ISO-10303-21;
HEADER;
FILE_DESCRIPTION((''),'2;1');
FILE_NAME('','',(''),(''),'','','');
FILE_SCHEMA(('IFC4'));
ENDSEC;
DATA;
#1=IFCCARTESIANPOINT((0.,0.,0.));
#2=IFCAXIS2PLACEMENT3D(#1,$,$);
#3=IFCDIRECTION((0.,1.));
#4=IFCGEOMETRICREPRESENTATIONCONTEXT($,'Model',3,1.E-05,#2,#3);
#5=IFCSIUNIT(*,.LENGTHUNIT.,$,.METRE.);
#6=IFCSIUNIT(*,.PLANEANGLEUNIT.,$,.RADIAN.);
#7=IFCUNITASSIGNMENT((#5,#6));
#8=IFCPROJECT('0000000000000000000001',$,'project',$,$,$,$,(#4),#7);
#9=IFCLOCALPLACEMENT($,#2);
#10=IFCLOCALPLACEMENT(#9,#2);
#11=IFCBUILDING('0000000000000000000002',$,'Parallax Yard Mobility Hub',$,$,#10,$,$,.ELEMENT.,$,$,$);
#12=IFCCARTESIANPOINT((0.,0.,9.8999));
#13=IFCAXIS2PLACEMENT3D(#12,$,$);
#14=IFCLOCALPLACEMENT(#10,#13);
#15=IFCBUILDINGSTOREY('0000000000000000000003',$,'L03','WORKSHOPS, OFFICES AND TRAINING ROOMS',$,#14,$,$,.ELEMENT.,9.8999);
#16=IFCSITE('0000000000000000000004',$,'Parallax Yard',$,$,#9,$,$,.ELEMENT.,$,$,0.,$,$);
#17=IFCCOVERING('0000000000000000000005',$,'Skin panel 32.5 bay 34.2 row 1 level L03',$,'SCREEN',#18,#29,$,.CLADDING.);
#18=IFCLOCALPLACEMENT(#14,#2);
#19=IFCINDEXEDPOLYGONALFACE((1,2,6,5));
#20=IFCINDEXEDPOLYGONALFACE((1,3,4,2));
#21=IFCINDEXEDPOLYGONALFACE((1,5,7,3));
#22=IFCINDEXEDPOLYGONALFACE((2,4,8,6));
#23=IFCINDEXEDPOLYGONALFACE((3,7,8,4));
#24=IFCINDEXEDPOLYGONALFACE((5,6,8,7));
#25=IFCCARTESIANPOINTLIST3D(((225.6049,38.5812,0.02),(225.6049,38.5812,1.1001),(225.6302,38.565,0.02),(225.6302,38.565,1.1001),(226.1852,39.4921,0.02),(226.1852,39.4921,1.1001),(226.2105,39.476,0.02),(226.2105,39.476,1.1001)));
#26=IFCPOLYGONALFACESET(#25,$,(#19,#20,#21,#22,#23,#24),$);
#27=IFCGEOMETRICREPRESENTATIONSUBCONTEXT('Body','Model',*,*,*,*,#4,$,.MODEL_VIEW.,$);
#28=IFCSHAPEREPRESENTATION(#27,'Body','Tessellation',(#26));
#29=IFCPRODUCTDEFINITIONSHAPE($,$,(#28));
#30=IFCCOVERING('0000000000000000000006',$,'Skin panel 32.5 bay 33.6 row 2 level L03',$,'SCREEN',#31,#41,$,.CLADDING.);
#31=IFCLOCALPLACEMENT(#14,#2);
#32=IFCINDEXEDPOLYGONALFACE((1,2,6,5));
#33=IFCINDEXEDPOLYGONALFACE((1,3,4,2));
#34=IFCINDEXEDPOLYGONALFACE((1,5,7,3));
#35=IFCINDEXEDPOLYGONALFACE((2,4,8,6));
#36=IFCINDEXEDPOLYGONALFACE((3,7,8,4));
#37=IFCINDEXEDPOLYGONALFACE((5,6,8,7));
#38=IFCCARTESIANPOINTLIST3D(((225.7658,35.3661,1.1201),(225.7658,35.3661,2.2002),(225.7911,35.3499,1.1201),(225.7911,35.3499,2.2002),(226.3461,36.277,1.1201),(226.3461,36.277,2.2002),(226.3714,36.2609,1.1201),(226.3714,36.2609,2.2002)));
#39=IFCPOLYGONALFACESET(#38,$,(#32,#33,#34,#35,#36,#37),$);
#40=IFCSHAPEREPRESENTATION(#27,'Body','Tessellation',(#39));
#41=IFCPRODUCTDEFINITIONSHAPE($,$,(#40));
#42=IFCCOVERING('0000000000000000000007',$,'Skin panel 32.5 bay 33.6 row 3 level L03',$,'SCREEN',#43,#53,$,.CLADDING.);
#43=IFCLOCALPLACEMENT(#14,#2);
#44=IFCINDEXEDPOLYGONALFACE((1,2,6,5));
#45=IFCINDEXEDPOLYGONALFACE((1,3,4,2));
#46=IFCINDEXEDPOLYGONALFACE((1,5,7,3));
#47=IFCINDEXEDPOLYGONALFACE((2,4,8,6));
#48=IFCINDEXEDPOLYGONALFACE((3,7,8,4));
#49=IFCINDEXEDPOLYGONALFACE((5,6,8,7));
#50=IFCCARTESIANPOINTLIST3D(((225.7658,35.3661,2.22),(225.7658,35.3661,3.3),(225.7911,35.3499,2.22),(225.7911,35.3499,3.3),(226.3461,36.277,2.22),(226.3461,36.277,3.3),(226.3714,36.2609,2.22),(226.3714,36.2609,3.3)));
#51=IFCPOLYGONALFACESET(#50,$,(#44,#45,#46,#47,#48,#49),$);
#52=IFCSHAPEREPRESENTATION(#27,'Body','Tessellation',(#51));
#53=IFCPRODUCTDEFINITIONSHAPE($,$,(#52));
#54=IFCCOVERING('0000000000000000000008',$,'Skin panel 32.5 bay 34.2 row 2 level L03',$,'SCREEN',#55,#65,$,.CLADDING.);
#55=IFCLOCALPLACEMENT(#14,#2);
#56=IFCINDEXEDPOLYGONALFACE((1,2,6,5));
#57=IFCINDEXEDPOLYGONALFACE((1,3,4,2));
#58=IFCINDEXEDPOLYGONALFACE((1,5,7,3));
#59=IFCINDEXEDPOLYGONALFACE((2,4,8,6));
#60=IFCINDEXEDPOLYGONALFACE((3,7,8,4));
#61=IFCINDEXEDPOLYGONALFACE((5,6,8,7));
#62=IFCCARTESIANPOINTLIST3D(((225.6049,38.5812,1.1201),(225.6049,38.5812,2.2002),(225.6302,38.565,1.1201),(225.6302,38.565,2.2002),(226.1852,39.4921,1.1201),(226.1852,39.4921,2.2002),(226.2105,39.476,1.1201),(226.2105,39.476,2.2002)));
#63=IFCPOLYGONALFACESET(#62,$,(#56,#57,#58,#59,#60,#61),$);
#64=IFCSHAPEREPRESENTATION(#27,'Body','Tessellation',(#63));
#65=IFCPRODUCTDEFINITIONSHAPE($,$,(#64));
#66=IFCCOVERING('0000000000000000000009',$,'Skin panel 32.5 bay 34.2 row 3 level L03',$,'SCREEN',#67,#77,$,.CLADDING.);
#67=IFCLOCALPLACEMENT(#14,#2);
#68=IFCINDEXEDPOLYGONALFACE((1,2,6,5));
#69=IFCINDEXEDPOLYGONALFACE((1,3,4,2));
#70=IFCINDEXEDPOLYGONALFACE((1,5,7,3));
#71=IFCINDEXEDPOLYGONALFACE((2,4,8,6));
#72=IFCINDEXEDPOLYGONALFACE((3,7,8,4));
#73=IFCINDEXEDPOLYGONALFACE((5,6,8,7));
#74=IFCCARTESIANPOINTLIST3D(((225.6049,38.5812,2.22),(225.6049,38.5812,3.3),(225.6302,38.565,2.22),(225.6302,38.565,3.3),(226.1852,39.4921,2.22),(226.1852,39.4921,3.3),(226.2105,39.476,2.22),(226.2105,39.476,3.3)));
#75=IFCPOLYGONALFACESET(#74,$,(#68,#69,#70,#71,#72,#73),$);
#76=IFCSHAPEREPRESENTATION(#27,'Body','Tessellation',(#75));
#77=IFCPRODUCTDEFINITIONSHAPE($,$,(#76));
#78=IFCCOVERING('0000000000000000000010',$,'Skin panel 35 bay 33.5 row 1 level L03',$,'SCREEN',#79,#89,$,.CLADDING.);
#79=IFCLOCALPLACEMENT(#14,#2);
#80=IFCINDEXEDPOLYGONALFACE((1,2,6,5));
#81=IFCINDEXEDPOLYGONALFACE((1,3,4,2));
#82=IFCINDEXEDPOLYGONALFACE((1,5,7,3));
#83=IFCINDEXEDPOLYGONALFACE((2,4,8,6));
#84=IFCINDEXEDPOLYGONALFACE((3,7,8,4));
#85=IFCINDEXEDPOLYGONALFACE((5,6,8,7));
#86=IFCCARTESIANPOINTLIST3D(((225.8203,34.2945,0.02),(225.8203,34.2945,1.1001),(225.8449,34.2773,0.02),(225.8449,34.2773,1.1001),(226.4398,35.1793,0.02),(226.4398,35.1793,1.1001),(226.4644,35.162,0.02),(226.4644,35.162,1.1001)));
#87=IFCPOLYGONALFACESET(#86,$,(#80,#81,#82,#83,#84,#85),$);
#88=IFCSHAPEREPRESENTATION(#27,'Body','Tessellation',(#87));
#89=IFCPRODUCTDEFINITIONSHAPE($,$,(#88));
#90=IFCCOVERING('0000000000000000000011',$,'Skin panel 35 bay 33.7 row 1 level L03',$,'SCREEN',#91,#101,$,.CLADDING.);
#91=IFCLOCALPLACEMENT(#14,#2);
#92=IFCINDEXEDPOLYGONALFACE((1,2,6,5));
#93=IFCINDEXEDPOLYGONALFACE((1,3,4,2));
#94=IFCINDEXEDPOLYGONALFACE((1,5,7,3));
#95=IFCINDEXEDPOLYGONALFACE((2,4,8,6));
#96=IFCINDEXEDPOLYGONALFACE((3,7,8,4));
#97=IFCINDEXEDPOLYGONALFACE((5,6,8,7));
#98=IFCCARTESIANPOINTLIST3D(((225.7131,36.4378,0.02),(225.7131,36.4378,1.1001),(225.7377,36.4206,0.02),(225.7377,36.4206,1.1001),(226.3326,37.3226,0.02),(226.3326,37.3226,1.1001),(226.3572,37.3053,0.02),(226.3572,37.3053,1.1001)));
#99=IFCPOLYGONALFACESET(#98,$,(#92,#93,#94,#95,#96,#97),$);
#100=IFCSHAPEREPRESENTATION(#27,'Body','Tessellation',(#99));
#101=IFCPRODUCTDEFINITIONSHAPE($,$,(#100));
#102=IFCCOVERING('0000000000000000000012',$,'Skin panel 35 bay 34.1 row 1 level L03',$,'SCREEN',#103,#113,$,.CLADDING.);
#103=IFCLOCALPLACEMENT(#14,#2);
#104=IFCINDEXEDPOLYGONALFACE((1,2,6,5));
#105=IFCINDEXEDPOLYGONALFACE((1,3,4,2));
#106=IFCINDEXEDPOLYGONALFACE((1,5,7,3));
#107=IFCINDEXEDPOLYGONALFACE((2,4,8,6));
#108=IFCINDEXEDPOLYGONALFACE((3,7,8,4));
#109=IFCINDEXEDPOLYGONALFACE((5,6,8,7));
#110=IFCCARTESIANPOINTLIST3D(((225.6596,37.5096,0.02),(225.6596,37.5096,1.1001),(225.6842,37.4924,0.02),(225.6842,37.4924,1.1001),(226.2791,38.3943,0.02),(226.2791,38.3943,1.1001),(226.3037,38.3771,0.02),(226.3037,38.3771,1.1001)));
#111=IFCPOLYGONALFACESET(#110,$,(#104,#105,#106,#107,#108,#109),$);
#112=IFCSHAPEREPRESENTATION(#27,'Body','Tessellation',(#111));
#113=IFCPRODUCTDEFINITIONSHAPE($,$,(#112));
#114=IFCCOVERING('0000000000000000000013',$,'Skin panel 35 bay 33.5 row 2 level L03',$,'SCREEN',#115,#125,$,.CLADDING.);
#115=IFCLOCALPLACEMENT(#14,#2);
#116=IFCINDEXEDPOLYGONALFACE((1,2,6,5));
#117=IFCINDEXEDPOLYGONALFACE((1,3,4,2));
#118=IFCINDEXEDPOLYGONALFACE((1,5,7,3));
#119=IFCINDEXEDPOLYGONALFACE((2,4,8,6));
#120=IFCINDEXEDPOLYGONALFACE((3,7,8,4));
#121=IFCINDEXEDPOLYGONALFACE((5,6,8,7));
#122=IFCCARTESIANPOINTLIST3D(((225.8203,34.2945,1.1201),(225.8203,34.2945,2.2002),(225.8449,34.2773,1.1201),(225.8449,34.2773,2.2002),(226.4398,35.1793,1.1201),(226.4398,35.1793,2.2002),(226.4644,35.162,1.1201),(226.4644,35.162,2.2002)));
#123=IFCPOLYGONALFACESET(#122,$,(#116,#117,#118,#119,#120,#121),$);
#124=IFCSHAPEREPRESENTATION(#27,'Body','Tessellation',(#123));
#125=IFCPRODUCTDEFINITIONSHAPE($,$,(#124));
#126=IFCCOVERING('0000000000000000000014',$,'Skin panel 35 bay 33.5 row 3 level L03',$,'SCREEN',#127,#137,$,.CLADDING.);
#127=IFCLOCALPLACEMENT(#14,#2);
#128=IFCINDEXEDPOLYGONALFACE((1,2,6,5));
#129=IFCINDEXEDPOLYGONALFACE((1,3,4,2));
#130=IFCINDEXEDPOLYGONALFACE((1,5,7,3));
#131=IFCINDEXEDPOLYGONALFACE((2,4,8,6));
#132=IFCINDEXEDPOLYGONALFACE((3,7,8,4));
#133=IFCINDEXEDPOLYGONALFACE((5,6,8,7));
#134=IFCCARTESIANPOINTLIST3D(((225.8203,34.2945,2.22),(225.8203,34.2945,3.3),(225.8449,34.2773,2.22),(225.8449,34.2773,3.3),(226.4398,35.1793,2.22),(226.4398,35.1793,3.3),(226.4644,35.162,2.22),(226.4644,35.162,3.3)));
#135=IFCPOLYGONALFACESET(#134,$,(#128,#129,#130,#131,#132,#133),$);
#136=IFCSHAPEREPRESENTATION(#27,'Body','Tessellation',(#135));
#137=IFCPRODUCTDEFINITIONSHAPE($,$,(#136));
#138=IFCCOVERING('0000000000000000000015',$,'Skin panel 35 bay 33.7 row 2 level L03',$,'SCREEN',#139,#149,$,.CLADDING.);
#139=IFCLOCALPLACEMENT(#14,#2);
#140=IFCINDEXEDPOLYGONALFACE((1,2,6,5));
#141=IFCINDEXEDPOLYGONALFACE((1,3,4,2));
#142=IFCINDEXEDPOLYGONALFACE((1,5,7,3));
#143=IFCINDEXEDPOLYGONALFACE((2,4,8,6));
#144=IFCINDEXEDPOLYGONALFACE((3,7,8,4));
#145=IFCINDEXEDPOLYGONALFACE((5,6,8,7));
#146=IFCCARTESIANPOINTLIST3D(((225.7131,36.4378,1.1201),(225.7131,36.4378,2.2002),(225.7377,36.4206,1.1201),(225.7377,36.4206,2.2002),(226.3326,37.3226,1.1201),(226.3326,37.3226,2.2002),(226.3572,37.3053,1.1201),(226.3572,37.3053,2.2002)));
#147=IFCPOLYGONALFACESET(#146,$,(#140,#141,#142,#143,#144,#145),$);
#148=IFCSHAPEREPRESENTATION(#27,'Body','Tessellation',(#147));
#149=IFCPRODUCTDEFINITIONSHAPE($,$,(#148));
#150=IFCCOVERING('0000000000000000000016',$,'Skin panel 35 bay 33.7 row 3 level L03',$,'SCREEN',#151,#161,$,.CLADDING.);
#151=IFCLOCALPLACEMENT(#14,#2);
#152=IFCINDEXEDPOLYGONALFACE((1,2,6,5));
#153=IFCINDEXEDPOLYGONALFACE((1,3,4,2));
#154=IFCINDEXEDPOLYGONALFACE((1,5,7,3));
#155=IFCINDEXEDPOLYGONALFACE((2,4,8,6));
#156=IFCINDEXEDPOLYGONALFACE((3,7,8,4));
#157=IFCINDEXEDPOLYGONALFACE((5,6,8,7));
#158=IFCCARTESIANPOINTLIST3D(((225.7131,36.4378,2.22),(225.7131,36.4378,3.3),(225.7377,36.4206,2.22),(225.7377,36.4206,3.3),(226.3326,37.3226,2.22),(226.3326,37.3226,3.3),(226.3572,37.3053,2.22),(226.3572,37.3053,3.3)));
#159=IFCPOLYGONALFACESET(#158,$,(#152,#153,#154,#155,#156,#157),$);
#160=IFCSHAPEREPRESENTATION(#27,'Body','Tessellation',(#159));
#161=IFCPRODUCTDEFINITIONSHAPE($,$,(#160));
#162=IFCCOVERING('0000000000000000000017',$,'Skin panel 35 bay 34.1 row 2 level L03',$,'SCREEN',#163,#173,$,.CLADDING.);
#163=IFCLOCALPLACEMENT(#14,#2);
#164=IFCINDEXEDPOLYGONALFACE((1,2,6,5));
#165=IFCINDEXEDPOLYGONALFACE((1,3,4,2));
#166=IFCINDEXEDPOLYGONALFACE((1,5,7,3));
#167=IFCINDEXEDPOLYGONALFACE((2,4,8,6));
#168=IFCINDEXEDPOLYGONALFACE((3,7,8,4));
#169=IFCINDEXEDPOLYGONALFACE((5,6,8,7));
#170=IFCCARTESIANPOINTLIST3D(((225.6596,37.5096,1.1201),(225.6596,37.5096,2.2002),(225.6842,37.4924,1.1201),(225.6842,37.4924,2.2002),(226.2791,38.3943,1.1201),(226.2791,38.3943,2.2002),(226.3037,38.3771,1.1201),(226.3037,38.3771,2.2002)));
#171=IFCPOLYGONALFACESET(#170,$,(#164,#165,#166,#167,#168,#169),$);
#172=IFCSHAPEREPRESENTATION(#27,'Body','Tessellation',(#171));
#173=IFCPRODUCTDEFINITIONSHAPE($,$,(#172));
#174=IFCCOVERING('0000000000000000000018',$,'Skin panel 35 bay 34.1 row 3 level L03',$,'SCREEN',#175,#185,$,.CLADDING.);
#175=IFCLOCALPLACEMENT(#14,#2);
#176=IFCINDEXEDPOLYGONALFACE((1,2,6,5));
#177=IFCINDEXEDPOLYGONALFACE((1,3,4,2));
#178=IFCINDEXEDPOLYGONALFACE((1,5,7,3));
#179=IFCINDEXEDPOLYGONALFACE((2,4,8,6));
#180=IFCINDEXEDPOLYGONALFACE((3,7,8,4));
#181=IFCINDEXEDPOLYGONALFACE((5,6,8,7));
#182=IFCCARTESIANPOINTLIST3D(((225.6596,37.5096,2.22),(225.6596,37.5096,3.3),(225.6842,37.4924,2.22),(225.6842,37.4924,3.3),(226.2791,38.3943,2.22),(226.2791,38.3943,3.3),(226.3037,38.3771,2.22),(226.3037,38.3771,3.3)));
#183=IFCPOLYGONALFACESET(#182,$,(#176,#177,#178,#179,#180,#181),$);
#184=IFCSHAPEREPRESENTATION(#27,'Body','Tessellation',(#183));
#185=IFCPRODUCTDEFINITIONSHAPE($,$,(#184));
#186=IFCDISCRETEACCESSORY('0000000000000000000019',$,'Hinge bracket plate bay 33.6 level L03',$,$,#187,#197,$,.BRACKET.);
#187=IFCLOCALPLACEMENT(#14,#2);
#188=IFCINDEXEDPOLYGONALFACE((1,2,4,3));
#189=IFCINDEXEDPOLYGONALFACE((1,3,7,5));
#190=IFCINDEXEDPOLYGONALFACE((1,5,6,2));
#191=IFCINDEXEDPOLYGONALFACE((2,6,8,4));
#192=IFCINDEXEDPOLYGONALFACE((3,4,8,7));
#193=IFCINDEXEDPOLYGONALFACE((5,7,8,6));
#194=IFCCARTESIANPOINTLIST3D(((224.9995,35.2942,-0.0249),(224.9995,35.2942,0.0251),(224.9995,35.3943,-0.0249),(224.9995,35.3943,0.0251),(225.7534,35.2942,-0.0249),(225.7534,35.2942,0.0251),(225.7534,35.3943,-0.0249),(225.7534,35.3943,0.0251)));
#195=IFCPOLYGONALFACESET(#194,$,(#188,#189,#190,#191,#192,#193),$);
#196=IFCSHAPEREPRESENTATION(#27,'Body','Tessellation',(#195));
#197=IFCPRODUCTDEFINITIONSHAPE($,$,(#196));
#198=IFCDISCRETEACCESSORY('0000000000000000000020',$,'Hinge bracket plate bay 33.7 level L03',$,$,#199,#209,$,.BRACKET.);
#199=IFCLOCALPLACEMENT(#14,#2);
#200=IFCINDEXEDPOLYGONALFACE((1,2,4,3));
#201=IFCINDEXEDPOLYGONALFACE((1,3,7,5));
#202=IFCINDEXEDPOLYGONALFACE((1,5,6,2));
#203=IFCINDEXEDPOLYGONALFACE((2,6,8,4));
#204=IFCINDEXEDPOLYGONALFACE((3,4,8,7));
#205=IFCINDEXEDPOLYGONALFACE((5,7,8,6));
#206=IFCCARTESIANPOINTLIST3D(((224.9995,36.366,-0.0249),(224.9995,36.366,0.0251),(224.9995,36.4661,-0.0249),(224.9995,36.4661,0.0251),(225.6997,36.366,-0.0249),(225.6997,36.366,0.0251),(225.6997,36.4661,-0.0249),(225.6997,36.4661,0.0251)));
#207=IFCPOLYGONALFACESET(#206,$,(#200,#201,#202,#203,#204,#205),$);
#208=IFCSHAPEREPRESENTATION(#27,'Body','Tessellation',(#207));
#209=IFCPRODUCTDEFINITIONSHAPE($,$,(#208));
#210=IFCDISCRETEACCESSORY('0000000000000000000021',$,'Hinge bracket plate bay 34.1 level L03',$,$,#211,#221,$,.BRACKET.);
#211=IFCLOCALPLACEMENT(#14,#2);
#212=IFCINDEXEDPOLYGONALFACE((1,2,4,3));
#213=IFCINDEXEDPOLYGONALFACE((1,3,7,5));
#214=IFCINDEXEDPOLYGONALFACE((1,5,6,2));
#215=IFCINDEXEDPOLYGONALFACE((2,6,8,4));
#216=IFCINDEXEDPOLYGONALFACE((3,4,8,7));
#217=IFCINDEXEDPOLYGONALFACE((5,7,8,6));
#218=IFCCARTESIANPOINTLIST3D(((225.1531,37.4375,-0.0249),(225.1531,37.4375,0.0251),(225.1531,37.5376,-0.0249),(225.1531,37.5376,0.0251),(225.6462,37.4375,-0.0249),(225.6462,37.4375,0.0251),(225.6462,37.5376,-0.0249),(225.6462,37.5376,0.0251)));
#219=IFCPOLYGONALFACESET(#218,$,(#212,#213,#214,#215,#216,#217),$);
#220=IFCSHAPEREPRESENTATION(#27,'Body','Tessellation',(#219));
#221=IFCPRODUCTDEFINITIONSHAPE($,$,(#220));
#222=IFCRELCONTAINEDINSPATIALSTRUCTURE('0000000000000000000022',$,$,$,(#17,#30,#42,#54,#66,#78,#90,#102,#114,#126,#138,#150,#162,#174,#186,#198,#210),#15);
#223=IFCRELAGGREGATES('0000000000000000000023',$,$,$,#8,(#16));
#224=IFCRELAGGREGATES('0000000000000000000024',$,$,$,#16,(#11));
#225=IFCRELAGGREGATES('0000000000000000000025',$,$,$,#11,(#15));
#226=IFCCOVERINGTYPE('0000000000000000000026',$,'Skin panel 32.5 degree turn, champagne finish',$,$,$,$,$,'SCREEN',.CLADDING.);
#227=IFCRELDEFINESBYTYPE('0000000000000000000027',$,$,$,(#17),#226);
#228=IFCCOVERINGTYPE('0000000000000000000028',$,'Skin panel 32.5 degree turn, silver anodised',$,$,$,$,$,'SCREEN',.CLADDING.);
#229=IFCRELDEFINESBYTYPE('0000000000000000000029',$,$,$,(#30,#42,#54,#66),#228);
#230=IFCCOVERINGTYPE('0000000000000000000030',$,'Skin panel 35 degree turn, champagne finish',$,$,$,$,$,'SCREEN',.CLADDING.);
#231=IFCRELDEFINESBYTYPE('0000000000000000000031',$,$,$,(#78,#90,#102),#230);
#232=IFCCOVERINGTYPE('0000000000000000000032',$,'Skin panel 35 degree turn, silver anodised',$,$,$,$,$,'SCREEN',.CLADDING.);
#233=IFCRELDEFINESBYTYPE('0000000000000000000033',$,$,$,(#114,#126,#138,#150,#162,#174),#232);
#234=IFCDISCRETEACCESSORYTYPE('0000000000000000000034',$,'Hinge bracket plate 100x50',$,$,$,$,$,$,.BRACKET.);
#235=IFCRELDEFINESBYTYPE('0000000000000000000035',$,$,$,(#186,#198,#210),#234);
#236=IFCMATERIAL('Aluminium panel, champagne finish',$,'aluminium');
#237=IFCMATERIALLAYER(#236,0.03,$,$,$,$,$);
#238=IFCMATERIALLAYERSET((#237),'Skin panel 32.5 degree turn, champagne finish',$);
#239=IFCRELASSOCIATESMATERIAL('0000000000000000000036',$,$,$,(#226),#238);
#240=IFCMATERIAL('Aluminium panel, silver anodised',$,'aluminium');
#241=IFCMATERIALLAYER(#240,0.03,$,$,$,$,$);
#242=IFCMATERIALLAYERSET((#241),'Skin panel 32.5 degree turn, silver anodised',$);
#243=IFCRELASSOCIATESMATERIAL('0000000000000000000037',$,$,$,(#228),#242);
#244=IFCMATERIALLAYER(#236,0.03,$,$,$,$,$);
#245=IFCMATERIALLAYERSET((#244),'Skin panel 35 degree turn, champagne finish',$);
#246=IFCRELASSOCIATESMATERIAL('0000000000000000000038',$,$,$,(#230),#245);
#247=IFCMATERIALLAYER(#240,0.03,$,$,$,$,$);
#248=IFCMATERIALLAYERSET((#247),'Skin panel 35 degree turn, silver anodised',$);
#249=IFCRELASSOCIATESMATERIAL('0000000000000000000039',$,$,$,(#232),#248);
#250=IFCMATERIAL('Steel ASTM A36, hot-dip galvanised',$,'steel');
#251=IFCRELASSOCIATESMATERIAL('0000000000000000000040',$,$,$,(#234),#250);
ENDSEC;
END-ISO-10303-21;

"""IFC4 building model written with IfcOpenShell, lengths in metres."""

from ifc_helpers import new_model, si_unit, direction, frame, origin, origin_2d, place, context, subcontext, project, spatial, rectangle, extrude, material, layer, layer_set, type_object, element, save


model = new_model("IFC4")

# Units and contexts
model_context = context("Model", 3, precision=1e-05, world=origin(), true_north=direction((0.0, 1.0)))
body_context = subcontext(model_context, "Body", "Model", "MODEL_VIEW")
ifc_project = project(units=[si_unit("LENGTHUNIT", "METRE"), si_unit("PLANEANGLEUNIT", "RADIAN")], contexts=[model_context])

# Site, building, storey
site_placement = place(None, origin())
site = spatial("IfcSite", under=ifc_project, at=site_placement, Name="Parallax Yard", CompositionType="ELEMENT", RefElevation=0.0)
building_placement = place(site_placement, origin())
building = spatial("IfcBuilding", under=site, at=building_placement, Name="Parallax Yard Mobility Hub", CompositionType="ELEMENT")
storey_placement = place(building_placement, frame((0.0, 0.0, 9.8999)))
storey = spatial("IfcBuildingStorey", under=building, at=storey_placement, Name="L03", Description="WORKSHOPS, OFFICES AND TRAINING ROOMS", CompositionType="ELEMENT", Elevation=9.8999)

# Coverings
ifc_material_1 = material(Name="Aluminium panel, champagne finish", Category="aluminium")
ifc_layer_1 = layer(ifc_material_1, 0.03)
ifc_layer_set_1 = layer_set([ifc_layer_1], Name="Skin panel 32.5 degree turn, champagne finish")
covering_type_1 = type_object("IfcCoveringType", Name="Skin panel 32.5 degree turn, champagne finish", ElementType="SCREEN", PredefinedType="CLADDING", material=ifc_layer_set_1)
for number, where, z_axis, x_axis, name in (
    (1, (225.9077, 39.0286, 0.02), (0.0, 0.0, 1.0), (0.5373, 0.843391, 0.0), "Skin panel 32.5 bay 34.2 row 1 level L03"),
):
    element("IfcCovering", number, at=place(storey_placement, frame(where, z_axis=z_axis, x_axis=x_axis)), inside=storey, type_object=covering_type_1, Name=name, ObjectType="SCREEN", PredefinedType="CLADDING", context=body_context, shape_type="SweptSolid", body=[
        extrude(rectangle(XDim=1.0801, YDim=0.03, at=origin_2d()), origin(), (0.0, 0.0, 1.0), 1.0801),
    ])
ifc_material_2 = material(Name="Aluminium panel, silver anodised", Category="aluminium")
ifc_layer_2 = layer(ifc_material_2, 0.03)
ifc_layer_set_2 = layer_set([ifc_layer_2], Name="Skin panel 32.5 degree turn, silver anodised")
covering_type_2 = type_object("IfcCoveringType", Name="Skin panel 32.5 degree turn, silver anodised", ElementType="SCREEN", PredefinedType="CLADDING", material=ifc_layer_set_2)
for number, where, z_axis, x_axis, name in (
    (2, (226.0686, 35.8135, 1.1201), (0.0, 0.0, 1.0), (0.5373, 0.843391, 0.0), "Skin panel 32.5 bay 33.6 row 2 level L03"),
    (3, (226.0686, 35.8135, 2.22), (0.0, 0.0, 1.0), (0.5373, 0.843391, 0.0), "Skin panel 32.5 bay 33.6 row 3 level L03"),
    (4, (225.9077, 39.0286, 1.1201), (0.0, 0.0, 1.0), (0.5373, 0.843391, 0.0), "Skin panel 32.5 bay 34.2 row 2 level L03"),
    (5, (225.9077, 39.0286, 2.22), (0.0, 0.0, 1.0), (0.5373, 0.843391, 0.0), "Skin panel 32.5 bay 34.2 row 3 level L03"),
):
    element("IfcCovering", number, at=place(storey_placement, frame(where, z_axis=z_axis, x_axis=x_axis)), inside=storey, type_object=covering_type_2, Name=name, ObjectType="SCREEN", PredefinedType="CLADDING", context=body_context, shape_type="SweptSolid", body=[
        extrude(rectangle(XDim=1.0801, YDim=0.03, at=origin_2d()), origin(), (0.0, 0.0, 1.0), 1.0801),
    ])
ifc_layer_3 = layer(ifc_material_1, 0.03)
ifc_layer_set_3 = layer_set([ifc_layer_3], Name="Skin panel 35 degree turn, champagne finish")
covering_type_3 = type_object("IfcCoveringType", Name="Skin panel 35 degree turn, champagne finish", ElementType="SCREEN", PredefinedType="CLADDING", material=ifc_layer_set_3)
for number, where, z_axis, x_axis, name in (
    (6, (226.1423, 34.7283, 0.02), (0.0, 0.0, 1.0), (0.573576, 0.819152, 0.0), "Skin panel 35 bay 33.5 row 1 level L03"),
    (7, (226.0352, 36.8716, 0.02), (0.0, 0.0, 1.0), (0.573576, 0.819152, 0.0), "Skin panel 35 bay 33.7 row 1 level L03"),
    (8, (225.9817, 37.9434, 0.02), (0.0, 0.0, 1.0), (0.573576, 0.819152, 0.0), "Skin panel 35 bay 34.1 row 1 level L03"),
):
    element("IfcCovering", number, at=place(storey_placement, frame(where, z_axis=z_axis, x_axis=x_axis)), inside=storey, type_object=covering_type_3, Name=name, ObjectType="SCREEN", PredefinedType="CLADDING", context=body_context, shape_type="SweptSolid", body=[
        extrude(rectangle(XDim=1.0801, YDim=0.03, at=origin_2d()), origin(), (0.0, 0.0, 1.0), 1.0801),
    ])
ifc_layer_4 = layer(ifc_material_2, 0.03)
ifc_layer_set_4 = layer_set([ifc_layer_4], Name="Skin panel 35 degree turn, silver anodised")
covering_type_4 = type_object("IfcCoveringType", Name="Skin panel 35 degree turn, silver anodised", ElementType="SCREEN", PredefinedType="CLADDING", material=ifc_layer_set_4)
for number, where, z_axis, x_axis, name in (
    (9, (226.1423, 34.7283, 1.1201), (0.0, 0.0, 1.0), (0.573576, 0.819152, 0.0), "Skin panel 35 bay 33.5 row 2 level L03"),
    (10, (226.1423, 34.7283, 2.22), (0.0, 0.0, 1.0), (0.573576, 0.819152, 0.0), "Skin panel 35 bay 33.5 row 3 level L03"),
    (11, (226.0352, 36.8716, 1.1201), (0.0, 0.0, 1.0), (0.573576, 0.819152, 0.0), "Skin panel 35 bay 33.7 row 2 level L03"),
    (12, (226.0352, 36.8716, 2.22), (0.0, 0.0, 1.0), (0.573576, 0.819152, 0.0), "Skin panel 35 bay 33.7 row 3 level L03"),
    (13, (225.9817, 37.9434, 1.1201), (0.0, 0.0, 1.0), (0.573576, 0.819152, 0.0), "Skin panel 35 bay 34.1 row 2 level L03"),
    (14, (225.9817, 37.9434, 2.22), (0.0, 0.0, 1.0), (0.573576, 0.819152, 0.0), "Skin panel 35 bay 34.1 row 3 level L03"),
):
    element("IfcCovering", number, at=place(storey_placement, frame(where, z_axis=z_axis, x_axis=x_axis)), inside=storey, type_object=covering_type_4, Name=name, ObjectType="SCREEN", PredefinedType="CLADDING", context=body_context, shape_type="SweptSolid", body=[
        extrude(rectangle(XDim=1.0801, YDim=0.03, at=origin_2d()), origin(), (0.0, 0.0, 1.0), 1.0801),
    ])

# Discrete accessories
ifc_material_3 = material(Name="Steel ASTM A36, hot-dip galvanised", Category="steel")
discrete_accessory_type_1 = type_object("IfcDiscreteAccessoryType", Name="Hinge bracket plate 100x50", PredefinedType="BRACKET", material=ifc_material_3)
discrete_accessory_1_placement = place(storey_placement, frame((225.3765, 35.3442, -0.0249), z_axis=(0.0, 0.0, 1.0), x_axis=(1.0, 0.0, 0.0)))
element("IfcDiscreteAccessory", 15, at=discrete_accessory_1_placement, inside=storey, type_object=discrete_accessory_type_1, Name="Hinge bracket plate bay 33.6 level L03", PredefinedType="BRACKET", context=body_context, shape_type="SweptSolid", body=[
    extrude(rectangle(XDim=0.7539, YDim=0.1001, at=origin_2d()), origin(), (0.0, 0.0, 1.0), 0.05),
])
discrete_accessory_2_placement = place(storey_placement, frame((225.3496, 36.416, -0.0249), z_axis=(0.0, 0.0, 1.0), x_axis=(1.0, 0.0, 0.0)))
element("IfcDiscreteAccessory", 16, at=discrete_accessory_2_placement, inside=storey, type_object=discrete_accessory_type_1, Name="Hinge bracket plate bay 33.7 level L03", PredefinedType="BRACKET", context=body_context, shape_type="SweptSolid", body=[
    extrude(rectangle(XDim=0.7002, YDim=0.1001, at=origin_2d()), origin(), (0.0, 0.0, 1.0), 0.05),
])
discrete_accessory_3_placement = place(storey_placement, frame((225.3997, 37.4875, -0.0249), z_axis=(0.0, 0.0, 1.0), x_axis=(1.0, 0.0, 0.0)))
element("IfcDiscreteAccessory", 17, at=discrete_accessory_3_placement, inside=storey, type_object=discrete_accessory_type_1, Name="Hinge bracket plate bay 34.1 level L03", PredefinedType="BRACKET", context=body_context, shape_type="SweptSolid", body=[
    extrude(rectangle(XDim=0.4932, YDim=0.1001, at=origin_2d()), origin(), (0.0, 0.0, 1.0), 0.05),
])

save(model, "model.ifc")
